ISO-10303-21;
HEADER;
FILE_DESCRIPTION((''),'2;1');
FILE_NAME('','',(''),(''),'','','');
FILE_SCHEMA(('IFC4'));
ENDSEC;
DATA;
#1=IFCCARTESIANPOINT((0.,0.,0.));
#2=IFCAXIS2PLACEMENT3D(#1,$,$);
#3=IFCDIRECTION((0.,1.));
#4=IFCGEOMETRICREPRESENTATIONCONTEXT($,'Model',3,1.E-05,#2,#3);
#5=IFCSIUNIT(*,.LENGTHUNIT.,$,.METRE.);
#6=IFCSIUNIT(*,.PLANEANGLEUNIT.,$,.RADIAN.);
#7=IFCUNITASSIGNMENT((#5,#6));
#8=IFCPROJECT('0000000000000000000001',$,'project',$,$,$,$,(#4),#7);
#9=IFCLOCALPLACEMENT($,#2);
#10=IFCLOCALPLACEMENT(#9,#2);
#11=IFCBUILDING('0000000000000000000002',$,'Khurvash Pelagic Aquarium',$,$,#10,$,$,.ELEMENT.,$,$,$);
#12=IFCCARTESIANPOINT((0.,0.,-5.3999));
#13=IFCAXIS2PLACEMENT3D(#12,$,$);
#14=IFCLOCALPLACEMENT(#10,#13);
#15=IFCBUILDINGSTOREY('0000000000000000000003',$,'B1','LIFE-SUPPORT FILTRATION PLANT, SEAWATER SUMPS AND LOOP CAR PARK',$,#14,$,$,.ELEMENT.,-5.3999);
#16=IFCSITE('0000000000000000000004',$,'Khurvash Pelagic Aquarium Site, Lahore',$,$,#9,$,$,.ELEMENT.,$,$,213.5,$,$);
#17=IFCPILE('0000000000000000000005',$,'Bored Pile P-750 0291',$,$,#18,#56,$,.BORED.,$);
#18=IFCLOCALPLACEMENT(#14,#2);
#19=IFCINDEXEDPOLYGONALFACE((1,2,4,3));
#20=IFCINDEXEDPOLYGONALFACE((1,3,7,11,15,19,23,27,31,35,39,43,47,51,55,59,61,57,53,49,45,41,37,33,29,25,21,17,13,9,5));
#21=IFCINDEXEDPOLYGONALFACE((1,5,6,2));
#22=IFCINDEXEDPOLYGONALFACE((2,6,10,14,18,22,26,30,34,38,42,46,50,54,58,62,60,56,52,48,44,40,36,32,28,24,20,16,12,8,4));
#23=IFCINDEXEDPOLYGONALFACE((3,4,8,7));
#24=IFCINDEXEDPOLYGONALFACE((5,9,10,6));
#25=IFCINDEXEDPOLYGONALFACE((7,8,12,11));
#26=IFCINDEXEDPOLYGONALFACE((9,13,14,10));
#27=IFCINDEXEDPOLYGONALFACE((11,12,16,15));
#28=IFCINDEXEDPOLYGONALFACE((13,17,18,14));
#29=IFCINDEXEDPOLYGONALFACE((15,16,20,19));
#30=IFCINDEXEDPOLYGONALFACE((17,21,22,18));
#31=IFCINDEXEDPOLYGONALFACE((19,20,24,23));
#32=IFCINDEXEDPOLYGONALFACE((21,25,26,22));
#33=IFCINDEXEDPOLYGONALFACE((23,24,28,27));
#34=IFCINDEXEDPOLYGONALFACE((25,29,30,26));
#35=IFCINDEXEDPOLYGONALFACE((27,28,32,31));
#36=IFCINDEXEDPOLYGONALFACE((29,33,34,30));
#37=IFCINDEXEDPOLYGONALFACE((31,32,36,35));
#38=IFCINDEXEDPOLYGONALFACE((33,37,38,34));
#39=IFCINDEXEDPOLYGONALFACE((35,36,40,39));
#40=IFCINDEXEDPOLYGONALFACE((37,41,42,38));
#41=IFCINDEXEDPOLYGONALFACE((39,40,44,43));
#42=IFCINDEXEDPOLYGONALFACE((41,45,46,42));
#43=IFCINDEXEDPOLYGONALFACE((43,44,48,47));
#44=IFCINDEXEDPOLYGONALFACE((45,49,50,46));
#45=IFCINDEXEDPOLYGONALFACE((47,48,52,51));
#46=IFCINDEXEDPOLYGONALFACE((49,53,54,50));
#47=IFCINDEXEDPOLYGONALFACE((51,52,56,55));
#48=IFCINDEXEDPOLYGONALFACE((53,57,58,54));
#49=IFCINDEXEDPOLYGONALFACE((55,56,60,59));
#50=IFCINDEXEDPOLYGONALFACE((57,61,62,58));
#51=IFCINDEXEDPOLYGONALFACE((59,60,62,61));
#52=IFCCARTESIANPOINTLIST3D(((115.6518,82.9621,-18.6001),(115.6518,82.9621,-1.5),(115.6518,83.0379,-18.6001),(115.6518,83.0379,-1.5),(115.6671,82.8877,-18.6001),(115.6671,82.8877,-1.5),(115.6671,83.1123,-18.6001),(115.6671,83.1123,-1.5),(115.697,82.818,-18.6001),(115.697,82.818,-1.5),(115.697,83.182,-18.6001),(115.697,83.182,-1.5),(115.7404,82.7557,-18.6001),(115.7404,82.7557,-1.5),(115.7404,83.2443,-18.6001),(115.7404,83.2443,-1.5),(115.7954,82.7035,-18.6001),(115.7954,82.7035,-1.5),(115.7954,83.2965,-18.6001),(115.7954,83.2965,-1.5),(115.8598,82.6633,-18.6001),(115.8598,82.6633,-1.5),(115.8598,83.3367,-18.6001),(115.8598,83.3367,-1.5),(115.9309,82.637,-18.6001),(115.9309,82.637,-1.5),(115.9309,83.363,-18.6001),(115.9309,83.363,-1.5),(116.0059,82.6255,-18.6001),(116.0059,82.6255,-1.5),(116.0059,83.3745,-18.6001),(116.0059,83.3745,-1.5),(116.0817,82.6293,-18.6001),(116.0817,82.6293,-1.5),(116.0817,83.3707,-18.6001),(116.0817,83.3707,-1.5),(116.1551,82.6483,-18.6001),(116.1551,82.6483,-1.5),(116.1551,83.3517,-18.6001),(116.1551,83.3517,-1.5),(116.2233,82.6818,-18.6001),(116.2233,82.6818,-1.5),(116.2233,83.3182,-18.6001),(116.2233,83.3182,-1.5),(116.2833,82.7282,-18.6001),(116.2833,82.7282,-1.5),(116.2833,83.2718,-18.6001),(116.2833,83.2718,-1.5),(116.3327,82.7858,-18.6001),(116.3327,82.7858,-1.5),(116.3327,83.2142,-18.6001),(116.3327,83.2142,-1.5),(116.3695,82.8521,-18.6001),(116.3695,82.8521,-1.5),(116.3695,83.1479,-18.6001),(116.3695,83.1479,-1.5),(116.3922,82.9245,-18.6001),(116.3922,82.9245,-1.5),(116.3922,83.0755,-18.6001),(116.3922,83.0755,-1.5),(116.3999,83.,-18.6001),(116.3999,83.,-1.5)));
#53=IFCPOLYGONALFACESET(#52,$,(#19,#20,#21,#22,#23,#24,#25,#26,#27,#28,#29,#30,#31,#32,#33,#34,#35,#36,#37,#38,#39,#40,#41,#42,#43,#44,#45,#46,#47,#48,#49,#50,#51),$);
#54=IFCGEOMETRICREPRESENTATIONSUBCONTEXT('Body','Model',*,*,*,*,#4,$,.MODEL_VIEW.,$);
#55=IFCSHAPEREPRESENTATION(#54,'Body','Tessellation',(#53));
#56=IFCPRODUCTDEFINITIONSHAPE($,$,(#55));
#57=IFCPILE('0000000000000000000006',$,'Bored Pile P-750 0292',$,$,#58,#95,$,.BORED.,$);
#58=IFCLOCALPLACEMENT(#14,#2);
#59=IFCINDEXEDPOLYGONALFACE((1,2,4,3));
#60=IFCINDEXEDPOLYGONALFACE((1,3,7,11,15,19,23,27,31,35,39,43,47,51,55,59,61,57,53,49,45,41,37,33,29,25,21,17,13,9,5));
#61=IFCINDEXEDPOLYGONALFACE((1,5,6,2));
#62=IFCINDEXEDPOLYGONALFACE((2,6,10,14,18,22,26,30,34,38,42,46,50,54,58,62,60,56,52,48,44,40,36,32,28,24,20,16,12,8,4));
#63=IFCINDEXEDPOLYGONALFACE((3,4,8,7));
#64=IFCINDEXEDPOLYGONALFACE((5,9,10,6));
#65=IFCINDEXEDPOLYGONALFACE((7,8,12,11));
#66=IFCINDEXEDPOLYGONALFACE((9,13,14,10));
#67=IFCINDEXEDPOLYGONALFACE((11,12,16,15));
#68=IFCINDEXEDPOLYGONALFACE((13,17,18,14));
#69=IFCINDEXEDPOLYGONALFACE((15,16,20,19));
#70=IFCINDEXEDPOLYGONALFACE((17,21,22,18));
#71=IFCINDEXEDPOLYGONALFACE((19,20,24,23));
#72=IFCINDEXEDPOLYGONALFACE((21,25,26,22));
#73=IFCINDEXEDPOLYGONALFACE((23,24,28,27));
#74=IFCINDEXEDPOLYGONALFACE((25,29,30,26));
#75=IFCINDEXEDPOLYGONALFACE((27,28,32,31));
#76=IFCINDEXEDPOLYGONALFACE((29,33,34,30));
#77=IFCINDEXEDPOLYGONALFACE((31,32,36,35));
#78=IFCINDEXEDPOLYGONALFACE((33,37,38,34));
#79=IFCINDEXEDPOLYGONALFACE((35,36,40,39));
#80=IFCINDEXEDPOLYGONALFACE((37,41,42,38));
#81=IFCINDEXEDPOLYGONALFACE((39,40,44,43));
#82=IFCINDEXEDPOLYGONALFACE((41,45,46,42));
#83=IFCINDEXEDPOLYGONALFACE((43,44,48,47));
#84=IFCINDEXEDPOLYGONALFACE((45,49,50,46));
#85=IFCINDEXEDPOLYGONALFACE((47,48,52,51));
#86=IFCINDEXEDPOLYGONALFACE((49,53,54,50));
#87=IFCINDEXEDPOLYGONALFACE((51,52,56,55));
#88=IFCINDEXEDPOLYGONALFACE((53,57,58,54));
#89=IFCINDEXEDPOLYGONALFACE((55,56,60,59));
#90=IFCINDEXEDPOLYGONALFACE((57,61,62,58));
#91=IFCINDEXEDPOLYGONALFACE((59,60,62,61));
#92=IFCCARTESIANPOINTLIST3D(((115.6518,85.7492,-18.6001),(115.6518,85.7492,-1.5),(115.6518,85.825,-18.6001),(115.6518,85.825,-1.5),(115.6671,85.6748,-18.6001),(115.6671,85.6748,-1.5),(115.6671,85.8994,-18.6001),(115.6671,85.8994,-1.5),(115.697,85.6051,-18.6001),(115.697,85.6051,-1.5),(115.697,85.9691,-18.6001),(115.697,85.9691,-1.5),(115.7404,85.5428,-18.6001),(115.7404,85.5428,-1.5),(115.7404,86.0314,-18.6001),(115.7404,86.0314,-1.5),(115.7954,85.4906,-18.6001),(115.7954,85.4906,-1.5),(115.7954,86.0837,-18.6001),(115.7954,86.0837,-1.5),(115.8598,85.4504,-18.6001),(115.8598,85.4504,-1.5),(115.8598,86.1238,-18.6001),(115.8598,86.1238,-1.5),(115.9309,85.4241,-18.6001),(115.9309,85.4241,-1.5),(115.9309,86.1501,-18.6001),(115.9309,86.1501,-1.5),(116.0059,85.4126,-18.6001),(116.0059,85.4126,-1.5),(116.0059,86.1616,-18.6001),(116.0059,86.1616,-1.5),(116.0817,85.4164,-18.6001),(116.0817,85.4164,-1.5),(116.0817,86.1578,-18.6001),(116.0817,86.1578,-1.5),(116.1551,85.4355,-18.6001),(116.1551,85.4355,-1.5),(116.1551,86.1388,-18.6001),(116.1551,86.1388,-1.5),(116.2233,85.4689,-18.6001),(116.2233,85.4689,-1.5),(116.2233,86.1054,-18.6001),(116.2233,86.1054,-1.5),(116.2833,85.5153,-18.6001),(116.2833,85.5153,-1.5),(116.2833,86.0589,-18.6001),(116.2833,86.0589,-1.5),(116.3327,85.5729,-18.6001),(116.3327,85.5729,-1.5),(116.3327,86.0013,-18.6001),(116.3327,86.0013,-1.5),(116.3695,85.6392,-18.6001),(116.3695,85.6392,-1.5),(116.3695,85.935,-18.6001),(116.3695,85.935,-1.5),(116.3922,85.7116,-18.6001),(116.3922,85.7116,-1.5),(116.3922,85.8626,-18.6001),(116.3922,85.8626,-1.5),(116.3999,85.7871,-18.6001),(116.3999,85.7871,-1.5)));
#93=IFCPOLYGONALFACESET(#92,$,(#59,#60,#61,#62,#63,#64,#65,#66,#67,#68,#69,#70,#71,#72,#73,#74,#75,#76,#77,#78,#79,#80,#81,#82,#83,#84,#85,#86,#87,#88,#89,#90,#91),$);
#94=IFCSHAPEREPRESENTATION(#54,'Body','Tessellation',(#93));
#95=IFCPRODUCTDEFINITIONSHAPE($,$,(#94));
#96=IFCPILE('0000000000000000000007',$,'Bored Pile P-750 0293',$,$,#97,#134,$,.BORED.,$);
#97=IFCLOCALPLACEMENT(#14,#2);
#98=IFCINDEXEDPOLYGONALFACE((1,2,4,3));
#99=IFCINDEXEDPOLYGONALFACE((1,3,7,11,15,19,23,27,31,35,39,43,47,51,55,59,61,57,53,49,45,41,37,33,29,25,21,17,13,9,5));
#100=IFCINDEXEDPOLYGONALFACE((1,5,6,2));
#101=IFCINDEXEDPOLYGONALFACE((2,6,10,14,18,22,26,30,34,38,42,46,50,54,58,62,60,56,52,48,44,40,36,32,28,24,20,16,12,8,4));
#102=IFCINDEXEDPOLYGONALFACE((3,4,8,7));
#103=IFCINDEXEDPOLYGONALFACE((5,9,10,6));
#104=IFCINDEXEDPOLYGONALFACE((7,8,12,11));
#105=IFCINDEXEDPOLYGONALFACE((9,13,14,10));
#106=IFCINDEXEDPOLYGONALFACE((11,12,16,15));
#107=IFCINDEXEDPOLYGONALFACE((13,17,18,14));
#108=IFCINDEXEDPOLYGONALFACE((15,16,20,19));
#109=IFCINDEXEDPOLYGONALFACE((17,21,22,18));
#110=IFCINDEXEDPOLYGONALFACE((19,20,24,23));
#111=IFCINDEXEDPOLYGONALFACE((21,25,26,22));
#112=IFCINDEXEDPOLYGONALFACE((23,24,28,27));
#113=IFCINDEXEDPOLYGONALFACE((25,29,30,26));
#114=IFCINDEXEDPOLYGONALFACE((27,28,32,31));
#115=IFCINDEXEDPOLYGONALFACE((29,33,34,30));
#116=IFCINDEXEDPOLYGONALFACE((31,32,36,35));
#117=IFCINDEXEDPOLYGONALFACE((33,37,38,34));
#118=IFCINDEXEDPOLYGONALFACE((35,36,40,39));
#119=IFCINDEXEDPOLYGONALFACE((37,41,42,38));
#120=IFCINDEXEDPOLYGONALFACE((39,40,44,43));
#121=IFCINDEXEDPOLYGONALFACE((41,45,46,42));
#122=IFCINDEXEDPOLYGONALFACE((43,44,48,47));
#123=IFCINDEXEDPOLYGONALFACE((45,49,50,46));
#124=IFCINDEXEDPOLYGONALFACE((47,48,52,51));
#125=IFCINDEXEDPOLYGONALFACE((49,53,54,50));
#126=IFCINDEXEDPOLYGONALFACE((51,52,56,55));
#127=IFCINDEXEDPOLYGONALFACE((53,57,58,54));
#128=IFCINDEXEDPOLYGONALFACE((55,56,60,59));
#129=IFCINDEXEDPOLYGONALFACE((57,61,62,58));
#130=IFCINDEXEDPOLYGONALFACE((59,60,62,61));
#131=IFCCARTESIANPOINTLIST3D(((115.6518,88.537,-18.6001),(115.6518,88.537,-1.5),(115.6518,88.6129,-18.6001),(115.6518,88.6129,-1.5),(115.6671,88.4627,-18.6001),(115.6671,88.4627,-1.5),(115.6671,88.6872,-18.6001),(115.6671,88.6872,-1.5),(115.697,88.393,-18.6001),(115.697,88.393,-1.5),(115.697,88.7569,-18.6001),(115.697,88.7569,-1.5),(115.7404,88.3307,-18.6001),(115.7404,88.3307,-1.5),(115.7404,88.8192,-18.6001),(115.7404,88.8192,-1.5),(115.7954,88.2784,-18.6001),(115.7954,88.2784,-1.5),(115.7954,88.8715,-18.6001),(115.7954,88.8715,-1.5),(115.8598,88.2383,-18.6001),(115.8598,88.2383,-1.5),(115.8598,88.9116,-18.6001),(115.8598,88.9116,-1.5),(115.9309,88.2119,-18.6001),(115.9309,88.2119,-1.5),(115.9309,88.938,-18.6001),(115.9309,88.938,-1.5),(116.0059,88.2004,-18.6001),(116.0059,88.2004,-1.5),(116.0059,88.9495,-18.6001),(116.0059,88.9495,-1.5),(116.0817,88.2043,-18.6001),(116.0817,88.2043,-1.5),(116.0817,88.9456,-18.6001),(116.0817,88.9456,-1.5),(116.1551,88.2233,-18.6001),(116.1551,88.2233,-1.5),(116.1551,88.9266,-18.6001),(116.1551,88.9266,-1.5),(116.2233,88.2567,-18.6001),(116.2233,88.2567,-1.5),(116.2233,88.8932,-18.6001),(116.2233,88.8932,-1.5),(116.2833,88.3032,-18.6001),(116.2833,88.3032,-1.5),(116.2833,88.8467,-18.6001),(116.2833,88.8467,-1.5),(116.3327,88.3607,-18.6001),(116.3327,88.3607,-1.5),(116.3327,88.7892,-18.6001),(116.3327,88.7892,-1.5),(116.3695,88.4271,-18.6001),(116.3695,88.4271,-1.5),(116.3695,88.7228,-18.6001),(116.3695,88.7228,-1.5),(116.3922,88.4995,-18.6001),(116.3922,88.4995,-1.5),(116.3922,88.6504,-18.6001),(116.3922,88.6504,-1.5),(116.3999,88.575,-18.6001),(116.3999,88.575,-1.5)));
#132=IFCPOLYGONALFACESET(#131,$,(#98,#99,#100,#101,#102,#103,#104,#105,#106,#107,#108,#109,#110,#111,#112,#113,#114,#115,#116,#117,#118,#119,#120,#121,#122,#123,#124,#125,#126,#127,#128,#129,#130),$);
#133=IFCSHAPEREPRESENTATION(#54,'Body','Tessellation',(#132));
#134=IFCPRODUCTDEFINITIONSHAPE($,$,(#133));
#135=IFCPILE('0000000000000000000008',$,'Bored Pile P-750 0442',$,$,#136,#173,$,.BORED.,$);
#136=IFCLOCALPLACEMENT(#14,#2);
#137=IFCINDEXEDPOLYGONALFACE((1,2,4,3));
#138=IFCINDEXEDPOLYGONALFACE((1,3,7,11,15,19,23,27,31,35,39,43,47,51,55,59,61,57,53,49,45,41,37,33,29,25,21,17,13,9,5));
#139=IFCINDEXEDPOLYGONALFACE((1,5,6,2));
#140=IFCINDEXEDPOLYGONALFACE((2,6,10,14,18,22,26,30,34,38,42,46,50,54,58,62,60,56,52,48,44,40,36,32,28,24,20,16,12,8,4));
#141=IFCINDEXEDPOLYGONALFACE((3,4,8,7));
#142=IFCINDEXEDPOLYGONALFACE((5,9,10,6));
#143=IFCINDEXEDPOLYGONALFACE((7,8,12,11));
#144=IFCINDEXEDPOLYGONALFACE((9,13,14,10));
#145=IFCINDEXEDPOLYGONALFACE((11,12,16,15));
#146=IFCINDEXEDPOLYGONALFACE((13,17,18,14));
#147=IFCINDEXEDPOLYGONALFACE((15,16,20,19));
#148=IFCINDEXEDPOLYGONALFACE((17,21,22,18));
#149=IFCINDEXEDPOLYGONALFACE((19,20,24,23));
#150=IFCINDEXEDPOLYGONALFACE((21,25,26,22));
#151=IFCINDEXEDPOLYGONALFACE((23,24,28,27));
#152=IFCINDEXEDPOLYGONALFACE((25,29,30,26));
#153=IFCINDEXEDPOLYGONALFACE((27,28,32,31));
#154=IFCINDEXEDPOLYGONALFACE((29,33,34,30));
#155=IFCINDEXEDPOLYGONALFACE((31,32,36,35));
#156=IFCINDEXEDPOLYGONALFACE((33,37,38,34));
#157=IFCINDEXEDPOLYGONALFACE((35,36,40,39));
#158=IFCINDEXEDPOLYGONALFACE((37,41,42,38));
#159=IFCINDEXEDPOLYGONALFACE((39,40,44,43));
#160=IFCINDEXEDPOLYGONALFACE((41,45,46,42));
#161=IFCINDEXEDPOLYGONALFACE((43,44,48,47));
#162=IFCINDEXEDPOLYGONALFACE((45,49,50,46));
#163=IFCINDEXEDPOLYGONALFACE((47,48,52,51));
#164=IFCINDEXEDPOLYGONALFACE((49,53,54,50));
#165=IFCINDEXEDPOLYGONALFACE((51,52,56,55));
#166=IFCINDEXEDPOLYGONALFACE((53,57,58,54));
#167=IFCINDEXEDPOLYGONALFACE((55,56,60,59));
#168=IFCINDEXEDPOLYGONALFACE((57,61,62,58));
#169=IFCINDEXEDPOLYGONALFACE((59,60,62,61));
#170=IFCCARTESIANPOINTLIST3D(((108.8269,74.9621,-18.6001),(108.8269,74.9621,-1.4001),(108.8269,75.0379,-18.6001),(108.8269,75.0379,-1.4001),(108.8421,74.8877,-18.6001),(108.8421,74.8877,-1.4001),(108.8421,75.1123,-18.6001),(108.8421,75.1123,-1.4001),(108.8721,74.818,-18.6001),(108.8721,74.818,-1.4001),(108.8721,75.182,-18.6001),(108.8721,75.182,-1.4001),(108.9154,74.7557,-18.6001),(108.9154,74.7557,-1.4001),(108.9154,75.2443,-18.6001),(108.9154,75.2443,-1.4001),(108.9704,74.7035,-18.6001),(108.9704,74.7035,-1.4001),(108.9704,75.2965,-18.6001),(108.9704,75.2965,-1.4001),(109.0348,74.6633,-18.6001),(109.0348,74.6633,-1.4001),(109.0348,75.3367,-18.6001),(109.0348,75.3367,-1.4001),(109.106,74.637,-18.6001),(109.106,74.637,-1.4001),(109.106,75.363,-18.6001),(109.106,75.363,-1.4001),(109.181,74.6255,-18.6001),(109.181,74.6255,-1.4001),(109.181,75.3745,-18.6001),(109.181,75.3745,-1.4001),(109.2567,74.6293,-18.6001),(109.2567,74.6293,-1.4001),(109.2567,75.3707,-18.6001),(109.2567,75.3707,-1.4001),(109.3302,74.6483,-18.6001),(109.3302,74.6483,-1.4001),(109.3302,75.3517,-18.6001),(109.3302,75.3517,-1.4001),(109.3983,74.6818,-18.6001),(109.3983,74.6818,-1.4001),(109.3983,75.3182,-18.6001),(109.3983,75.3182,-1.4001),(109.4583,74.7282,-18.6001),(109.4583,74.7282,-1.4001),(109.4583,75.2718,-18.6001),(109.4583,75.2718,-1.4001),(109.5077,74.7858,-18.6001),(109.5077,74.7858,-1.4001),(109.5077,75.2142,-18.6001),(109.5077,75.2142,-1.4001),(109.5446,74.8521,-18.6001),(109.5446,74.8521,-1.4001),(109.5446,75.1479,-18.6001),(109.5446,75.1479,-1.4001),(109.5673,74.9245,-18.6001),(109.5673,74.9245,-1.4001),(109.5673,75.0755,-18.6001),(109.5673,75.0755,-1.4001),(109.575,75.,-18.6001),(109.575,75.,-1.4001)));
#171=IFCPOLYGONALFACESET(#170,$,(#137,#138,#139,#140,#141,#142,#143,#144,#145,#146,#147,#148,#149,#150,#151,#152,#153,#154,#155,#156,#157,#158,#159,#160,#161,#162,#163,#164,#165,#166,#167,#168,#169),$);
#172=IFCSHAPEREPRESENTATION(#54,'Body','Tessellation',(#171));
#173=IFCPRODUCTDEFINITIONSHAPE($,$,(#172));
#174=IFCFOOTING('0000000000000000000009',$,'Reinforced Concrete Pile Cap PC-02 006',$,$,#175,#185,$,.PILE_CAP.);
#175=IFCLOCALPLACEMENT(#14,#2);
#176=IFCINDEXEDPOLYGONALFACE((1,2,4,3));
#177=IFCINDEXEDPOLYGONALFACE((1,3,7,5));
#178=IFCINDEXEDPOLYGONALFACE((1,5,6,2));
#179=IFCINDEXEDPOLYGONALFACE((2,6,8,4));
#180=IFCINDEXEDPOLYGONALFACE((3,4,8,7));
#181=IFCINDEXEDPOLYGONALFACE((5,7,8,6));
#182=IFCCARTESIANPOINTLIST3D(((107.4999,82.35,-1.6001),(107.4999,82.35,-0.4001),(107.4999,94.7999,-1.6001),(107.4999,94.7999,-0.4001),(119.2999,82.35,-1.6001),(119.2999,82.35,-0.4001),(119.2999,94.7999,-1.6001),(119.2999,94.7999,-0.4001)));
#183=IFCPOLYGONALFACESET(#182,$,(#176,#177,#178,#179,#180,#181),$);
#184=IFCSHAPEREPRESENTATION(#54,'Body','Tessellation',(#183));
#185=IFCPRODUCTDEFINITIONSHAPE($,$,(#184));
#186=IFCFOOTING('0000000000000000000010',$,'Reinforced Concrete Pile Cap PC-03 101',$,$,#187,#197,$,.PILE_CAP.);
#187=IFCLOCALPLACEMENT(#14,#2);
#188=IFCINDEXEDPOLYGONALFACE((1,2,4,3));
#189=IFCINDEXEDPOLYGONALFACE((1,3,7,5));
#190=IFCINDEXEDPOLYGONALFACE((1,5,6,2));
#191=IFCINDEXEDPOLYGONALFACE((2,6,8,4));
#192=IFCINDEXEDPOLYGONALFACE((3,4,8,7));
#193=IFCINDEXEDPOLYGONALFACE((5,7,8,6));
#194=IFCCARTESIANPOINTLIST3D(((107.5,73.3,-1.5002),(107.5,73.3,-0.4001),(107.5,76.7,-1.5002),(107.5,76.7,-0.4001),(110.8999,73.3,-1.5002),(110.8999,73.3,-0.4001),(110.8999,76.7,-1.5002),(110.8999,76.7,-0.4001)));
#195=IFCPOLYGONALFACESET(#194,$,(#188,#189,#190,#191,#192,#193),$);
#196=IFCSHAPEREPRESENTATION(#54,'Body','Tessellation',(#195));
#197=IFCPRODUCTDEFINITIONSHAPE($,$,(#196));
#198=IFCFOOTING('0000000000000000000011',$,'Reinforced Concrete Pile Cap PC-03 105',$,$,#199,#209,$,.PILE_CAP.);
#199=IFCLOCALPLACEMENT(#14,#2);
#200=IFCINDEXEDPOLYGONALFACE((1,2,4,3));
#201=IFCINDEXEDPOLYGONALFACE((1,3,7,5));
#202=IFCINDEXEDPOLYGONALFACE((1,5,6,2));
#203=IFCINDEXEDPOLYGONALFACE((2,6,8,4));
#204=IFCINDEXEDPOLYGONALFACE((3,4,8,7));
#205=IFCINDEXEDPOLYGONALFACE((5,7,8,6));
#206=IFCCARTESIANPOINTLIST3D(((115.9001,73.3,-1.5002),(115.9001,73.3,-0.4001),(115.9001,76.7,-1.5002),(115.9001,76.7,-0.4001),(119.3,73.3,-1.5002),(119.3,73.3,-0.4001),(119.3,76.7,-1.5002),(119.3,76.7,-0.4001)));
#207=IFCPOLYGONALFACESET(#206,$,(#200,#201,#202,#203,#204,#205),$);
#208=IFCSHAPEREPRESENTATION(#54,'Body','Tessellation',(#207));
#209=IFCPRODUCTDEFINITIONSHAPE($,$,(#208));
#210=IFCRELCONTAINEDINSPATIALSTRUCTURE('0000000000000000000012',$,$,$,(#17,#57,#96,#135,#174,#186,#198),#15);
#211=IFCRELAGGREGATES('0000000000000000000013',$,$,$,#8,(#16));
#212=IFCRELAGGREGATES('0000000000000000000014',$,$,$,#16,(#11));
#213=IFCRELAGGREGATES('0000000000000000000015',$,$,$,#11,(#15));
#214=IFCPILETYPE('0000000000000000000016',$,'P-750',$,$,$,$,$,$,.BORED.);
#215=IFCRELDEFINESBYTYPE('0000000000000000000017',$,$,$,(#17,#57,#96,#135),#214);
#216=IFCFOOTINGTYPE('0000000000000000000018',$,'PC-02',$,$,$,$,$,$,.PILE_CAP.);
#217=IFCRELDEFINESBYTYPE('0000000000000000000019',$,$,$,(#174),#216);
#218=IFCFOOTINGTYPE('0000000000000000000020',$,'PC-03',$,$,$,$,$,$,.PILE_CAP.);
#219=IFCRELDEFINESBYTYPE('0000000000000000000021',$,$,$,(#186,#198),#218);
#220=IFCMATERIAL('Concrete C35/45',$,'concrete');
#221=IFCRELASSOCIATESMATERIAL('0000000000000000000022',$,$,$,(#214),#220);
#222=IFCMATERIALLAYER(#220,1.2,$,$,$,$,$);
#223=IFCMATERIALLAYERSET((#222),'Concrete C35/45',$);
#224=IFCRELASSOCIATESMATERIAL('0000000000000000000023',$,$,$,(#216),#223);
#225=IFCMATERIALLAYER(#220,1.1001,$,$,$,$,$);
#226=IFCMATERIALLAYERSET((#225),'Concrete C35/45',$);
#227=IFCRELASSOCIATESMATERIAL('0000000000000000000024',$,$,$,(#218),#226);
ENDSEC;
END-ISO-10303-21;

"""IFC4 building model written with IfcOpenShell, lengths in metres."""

from ifc_helpers import new_model, si_unit, direction, frame, origin, origin_2d, place, context, subcontext, project, spatial, rectangle, circle, extrude, material, layer, layer_set, material_profile, profile_set, type_object, element, save


model = new_model("IFC4")

# Units and contexts
model_context = context("Model", 3, precision=1e-05, world=origin(), true_north=direction((0.0, 1.0)))
body_context = subcontext(model_context, "Body", "Model", "MODEL_VIEW")
ifc_project = project(units=[si_unit("LENGTHUNIT", "METRE"), si_unit("PLANEANGLEUNIT", "RADIAN")], contexts=[model_context])

# Site, building, storey
site_placement = place(None, origin())
site = spatial("IfcSite", under=ifc_project, at=site_placement, Name="Khurvash Pelagic Aquarium Site, Lahore", CompositionType="ELEMENT", RefElevation=213.5)
building_placement = place(site_placement, origin())
building = spatial("IfcBuilding", under=site, at=building_placement, Name="Khurvash Pelagic Aquarium", CompositionType="ELEMENT")
storey_placement = place(building_placement, frame((0.0, 0.0, -5.3999)))
storey = spatial("IfcBuildingStorey", under=building, at=storey_placement, Name="B1", Description="LIFE-SUPPORT FILTRATION PLANT, SEAWATER SUMPS AND LOOP CAR PARK", CompositionType="ELEMENT", Elevation=-5.3999)

# Shared definitions
ifc_material_1 = material(Name="Concrete C35/45", Category="concrete")

# Piles
ifc_material_profile_1 = material_profile(ifc_material_1, circle(Radius=0.375, at=origin_2d()), Name="PILE750")
ifc_profile_set_1 = profile_set([ifc_material_profile_1], Name="Concrete C35/45")
pile_type = type_object("IfcPileType", Name="P-750", PredefinedType="BORED", material=ifc_profile_set_1)
for number, where, z_axis, x_axis, name in (
    (1, (116.0249, 83.0, -1.5), (0.0, 0.0, -1.0), (1.0, 0.0, 0.0), "Bored Pile P-750 0291"),
    (2, (116.0249, 85.7871, -1.5), (0.0, 0.0, -1.0), (1.0, 0.0, 0.0), "Bored Pile P-750 0292"),
    (3, (116.0249, 88.575, -1.5), (0.0, 0.0, -1.0), (1.0, 0.0, 0.0), "Bored Pile P-750 0293"),
):
    element("IfcPile", number, at=place(storey_placement, frame(where, z_axis=z_axis, x_axis=x_axis)), inside=storey, type_object=pile_type, Name=name, PredefinedType="BORED", context=body_context, shape_type="SweptSolid", body=[
        extrude(circle(Radius=0.375, at=origin_2d()), origin(), (0.0, 0.0, 1.0), 17.1001),
    ])
pile_placement = place(storey_placement, frame((109.2, 75.0, -1.4001), z_axis=(0.0, 0.0, -1.0), x_axis=(1.0, 0.0, 0.0)))
element("IfcPile", 4, at=pile_placement, inside=storey, type_object=pile_type, Name="Bored Pile P-750 0442", PredefinedType="BORED", context=body_context, shape_type="SweptSolid", body=[
    extrude(circle(Radius=0.375, at=origin_2d()), origin(), (0.0, 0.0, 1.0), 17.2),
])

# Footings
ifc_layer_1 = layer(ifc_material_1, 1.2)
ifc_layer_set_1 = layer_set([ifc_layer_1], Name="Concrete C35/45")
footing_type_1 = type_object("IfcFootingType", Name="PC-02", PredefinedType="PILE_CAP", material=ifc_layer_set_1)
footing_placement = place(storey_placement, frame((113.3999, 88.575, -1.6001), z_axis=(0.0, 0.0, 1.0), x_axis=(1.0, 0.0, 0.0)))
element("IfcFooting", 5, at=footing_placement, inside=storey, type_object=footing_type_1, Name="Reinforced Concrete Pile Cap PC-02 006", PredefinedType="PILE_CAP", context=body_context, shape_type="SweptSolid", body=[
    extrude(rectangle(XDim=11.8, YDim=12.45, at=origin_2d()), origin(), (0.0, 0.0, 1.0), 1.2),
])
ifc_layer_2 = layer(ifc_material_1, 1.1001)
ifc_layer_set_2 = layer_set([ifc_layer_2], Name="Concrete C35/45")
footing_type_2 = type_object("IfcFootingType", Name="PC-03", PredefinedType="PILE_CAP", material=ifc_layer_set_2)
for number, where, z_axis, x_axis, name in (
    (6, (109.2, 75.0, -1.5002), (0.0, 0.0, 1.0), (1.0, 0.0, 0.0), "Reinforced Concrete Pile Cap PC-03 101"),
    (7, (117.6001, 75.0, -1.5002), (0.0, 0.0, 1.0), (1.0, 0.0, 0.0), "Reinforced Concrete Pile Cap PC-03 105"),
):
    element("IfcFooting", number, at=place(storey_placement, frame(where, z_axis=z_axis, x_axis=x_axis)), inside=storey, type_object=footing_type_2, Name=name, PredefinedType="PILE_CAP", context=body_context, shape_type="SweptSolid", body=[
        extrude(rectangle(XDim=3.3999, YDim=3.3999, at=origin_2d()), origin(), (0.0, 0.0, 1.0), 1.1001),
    ])

save(model, "model.ifc")
